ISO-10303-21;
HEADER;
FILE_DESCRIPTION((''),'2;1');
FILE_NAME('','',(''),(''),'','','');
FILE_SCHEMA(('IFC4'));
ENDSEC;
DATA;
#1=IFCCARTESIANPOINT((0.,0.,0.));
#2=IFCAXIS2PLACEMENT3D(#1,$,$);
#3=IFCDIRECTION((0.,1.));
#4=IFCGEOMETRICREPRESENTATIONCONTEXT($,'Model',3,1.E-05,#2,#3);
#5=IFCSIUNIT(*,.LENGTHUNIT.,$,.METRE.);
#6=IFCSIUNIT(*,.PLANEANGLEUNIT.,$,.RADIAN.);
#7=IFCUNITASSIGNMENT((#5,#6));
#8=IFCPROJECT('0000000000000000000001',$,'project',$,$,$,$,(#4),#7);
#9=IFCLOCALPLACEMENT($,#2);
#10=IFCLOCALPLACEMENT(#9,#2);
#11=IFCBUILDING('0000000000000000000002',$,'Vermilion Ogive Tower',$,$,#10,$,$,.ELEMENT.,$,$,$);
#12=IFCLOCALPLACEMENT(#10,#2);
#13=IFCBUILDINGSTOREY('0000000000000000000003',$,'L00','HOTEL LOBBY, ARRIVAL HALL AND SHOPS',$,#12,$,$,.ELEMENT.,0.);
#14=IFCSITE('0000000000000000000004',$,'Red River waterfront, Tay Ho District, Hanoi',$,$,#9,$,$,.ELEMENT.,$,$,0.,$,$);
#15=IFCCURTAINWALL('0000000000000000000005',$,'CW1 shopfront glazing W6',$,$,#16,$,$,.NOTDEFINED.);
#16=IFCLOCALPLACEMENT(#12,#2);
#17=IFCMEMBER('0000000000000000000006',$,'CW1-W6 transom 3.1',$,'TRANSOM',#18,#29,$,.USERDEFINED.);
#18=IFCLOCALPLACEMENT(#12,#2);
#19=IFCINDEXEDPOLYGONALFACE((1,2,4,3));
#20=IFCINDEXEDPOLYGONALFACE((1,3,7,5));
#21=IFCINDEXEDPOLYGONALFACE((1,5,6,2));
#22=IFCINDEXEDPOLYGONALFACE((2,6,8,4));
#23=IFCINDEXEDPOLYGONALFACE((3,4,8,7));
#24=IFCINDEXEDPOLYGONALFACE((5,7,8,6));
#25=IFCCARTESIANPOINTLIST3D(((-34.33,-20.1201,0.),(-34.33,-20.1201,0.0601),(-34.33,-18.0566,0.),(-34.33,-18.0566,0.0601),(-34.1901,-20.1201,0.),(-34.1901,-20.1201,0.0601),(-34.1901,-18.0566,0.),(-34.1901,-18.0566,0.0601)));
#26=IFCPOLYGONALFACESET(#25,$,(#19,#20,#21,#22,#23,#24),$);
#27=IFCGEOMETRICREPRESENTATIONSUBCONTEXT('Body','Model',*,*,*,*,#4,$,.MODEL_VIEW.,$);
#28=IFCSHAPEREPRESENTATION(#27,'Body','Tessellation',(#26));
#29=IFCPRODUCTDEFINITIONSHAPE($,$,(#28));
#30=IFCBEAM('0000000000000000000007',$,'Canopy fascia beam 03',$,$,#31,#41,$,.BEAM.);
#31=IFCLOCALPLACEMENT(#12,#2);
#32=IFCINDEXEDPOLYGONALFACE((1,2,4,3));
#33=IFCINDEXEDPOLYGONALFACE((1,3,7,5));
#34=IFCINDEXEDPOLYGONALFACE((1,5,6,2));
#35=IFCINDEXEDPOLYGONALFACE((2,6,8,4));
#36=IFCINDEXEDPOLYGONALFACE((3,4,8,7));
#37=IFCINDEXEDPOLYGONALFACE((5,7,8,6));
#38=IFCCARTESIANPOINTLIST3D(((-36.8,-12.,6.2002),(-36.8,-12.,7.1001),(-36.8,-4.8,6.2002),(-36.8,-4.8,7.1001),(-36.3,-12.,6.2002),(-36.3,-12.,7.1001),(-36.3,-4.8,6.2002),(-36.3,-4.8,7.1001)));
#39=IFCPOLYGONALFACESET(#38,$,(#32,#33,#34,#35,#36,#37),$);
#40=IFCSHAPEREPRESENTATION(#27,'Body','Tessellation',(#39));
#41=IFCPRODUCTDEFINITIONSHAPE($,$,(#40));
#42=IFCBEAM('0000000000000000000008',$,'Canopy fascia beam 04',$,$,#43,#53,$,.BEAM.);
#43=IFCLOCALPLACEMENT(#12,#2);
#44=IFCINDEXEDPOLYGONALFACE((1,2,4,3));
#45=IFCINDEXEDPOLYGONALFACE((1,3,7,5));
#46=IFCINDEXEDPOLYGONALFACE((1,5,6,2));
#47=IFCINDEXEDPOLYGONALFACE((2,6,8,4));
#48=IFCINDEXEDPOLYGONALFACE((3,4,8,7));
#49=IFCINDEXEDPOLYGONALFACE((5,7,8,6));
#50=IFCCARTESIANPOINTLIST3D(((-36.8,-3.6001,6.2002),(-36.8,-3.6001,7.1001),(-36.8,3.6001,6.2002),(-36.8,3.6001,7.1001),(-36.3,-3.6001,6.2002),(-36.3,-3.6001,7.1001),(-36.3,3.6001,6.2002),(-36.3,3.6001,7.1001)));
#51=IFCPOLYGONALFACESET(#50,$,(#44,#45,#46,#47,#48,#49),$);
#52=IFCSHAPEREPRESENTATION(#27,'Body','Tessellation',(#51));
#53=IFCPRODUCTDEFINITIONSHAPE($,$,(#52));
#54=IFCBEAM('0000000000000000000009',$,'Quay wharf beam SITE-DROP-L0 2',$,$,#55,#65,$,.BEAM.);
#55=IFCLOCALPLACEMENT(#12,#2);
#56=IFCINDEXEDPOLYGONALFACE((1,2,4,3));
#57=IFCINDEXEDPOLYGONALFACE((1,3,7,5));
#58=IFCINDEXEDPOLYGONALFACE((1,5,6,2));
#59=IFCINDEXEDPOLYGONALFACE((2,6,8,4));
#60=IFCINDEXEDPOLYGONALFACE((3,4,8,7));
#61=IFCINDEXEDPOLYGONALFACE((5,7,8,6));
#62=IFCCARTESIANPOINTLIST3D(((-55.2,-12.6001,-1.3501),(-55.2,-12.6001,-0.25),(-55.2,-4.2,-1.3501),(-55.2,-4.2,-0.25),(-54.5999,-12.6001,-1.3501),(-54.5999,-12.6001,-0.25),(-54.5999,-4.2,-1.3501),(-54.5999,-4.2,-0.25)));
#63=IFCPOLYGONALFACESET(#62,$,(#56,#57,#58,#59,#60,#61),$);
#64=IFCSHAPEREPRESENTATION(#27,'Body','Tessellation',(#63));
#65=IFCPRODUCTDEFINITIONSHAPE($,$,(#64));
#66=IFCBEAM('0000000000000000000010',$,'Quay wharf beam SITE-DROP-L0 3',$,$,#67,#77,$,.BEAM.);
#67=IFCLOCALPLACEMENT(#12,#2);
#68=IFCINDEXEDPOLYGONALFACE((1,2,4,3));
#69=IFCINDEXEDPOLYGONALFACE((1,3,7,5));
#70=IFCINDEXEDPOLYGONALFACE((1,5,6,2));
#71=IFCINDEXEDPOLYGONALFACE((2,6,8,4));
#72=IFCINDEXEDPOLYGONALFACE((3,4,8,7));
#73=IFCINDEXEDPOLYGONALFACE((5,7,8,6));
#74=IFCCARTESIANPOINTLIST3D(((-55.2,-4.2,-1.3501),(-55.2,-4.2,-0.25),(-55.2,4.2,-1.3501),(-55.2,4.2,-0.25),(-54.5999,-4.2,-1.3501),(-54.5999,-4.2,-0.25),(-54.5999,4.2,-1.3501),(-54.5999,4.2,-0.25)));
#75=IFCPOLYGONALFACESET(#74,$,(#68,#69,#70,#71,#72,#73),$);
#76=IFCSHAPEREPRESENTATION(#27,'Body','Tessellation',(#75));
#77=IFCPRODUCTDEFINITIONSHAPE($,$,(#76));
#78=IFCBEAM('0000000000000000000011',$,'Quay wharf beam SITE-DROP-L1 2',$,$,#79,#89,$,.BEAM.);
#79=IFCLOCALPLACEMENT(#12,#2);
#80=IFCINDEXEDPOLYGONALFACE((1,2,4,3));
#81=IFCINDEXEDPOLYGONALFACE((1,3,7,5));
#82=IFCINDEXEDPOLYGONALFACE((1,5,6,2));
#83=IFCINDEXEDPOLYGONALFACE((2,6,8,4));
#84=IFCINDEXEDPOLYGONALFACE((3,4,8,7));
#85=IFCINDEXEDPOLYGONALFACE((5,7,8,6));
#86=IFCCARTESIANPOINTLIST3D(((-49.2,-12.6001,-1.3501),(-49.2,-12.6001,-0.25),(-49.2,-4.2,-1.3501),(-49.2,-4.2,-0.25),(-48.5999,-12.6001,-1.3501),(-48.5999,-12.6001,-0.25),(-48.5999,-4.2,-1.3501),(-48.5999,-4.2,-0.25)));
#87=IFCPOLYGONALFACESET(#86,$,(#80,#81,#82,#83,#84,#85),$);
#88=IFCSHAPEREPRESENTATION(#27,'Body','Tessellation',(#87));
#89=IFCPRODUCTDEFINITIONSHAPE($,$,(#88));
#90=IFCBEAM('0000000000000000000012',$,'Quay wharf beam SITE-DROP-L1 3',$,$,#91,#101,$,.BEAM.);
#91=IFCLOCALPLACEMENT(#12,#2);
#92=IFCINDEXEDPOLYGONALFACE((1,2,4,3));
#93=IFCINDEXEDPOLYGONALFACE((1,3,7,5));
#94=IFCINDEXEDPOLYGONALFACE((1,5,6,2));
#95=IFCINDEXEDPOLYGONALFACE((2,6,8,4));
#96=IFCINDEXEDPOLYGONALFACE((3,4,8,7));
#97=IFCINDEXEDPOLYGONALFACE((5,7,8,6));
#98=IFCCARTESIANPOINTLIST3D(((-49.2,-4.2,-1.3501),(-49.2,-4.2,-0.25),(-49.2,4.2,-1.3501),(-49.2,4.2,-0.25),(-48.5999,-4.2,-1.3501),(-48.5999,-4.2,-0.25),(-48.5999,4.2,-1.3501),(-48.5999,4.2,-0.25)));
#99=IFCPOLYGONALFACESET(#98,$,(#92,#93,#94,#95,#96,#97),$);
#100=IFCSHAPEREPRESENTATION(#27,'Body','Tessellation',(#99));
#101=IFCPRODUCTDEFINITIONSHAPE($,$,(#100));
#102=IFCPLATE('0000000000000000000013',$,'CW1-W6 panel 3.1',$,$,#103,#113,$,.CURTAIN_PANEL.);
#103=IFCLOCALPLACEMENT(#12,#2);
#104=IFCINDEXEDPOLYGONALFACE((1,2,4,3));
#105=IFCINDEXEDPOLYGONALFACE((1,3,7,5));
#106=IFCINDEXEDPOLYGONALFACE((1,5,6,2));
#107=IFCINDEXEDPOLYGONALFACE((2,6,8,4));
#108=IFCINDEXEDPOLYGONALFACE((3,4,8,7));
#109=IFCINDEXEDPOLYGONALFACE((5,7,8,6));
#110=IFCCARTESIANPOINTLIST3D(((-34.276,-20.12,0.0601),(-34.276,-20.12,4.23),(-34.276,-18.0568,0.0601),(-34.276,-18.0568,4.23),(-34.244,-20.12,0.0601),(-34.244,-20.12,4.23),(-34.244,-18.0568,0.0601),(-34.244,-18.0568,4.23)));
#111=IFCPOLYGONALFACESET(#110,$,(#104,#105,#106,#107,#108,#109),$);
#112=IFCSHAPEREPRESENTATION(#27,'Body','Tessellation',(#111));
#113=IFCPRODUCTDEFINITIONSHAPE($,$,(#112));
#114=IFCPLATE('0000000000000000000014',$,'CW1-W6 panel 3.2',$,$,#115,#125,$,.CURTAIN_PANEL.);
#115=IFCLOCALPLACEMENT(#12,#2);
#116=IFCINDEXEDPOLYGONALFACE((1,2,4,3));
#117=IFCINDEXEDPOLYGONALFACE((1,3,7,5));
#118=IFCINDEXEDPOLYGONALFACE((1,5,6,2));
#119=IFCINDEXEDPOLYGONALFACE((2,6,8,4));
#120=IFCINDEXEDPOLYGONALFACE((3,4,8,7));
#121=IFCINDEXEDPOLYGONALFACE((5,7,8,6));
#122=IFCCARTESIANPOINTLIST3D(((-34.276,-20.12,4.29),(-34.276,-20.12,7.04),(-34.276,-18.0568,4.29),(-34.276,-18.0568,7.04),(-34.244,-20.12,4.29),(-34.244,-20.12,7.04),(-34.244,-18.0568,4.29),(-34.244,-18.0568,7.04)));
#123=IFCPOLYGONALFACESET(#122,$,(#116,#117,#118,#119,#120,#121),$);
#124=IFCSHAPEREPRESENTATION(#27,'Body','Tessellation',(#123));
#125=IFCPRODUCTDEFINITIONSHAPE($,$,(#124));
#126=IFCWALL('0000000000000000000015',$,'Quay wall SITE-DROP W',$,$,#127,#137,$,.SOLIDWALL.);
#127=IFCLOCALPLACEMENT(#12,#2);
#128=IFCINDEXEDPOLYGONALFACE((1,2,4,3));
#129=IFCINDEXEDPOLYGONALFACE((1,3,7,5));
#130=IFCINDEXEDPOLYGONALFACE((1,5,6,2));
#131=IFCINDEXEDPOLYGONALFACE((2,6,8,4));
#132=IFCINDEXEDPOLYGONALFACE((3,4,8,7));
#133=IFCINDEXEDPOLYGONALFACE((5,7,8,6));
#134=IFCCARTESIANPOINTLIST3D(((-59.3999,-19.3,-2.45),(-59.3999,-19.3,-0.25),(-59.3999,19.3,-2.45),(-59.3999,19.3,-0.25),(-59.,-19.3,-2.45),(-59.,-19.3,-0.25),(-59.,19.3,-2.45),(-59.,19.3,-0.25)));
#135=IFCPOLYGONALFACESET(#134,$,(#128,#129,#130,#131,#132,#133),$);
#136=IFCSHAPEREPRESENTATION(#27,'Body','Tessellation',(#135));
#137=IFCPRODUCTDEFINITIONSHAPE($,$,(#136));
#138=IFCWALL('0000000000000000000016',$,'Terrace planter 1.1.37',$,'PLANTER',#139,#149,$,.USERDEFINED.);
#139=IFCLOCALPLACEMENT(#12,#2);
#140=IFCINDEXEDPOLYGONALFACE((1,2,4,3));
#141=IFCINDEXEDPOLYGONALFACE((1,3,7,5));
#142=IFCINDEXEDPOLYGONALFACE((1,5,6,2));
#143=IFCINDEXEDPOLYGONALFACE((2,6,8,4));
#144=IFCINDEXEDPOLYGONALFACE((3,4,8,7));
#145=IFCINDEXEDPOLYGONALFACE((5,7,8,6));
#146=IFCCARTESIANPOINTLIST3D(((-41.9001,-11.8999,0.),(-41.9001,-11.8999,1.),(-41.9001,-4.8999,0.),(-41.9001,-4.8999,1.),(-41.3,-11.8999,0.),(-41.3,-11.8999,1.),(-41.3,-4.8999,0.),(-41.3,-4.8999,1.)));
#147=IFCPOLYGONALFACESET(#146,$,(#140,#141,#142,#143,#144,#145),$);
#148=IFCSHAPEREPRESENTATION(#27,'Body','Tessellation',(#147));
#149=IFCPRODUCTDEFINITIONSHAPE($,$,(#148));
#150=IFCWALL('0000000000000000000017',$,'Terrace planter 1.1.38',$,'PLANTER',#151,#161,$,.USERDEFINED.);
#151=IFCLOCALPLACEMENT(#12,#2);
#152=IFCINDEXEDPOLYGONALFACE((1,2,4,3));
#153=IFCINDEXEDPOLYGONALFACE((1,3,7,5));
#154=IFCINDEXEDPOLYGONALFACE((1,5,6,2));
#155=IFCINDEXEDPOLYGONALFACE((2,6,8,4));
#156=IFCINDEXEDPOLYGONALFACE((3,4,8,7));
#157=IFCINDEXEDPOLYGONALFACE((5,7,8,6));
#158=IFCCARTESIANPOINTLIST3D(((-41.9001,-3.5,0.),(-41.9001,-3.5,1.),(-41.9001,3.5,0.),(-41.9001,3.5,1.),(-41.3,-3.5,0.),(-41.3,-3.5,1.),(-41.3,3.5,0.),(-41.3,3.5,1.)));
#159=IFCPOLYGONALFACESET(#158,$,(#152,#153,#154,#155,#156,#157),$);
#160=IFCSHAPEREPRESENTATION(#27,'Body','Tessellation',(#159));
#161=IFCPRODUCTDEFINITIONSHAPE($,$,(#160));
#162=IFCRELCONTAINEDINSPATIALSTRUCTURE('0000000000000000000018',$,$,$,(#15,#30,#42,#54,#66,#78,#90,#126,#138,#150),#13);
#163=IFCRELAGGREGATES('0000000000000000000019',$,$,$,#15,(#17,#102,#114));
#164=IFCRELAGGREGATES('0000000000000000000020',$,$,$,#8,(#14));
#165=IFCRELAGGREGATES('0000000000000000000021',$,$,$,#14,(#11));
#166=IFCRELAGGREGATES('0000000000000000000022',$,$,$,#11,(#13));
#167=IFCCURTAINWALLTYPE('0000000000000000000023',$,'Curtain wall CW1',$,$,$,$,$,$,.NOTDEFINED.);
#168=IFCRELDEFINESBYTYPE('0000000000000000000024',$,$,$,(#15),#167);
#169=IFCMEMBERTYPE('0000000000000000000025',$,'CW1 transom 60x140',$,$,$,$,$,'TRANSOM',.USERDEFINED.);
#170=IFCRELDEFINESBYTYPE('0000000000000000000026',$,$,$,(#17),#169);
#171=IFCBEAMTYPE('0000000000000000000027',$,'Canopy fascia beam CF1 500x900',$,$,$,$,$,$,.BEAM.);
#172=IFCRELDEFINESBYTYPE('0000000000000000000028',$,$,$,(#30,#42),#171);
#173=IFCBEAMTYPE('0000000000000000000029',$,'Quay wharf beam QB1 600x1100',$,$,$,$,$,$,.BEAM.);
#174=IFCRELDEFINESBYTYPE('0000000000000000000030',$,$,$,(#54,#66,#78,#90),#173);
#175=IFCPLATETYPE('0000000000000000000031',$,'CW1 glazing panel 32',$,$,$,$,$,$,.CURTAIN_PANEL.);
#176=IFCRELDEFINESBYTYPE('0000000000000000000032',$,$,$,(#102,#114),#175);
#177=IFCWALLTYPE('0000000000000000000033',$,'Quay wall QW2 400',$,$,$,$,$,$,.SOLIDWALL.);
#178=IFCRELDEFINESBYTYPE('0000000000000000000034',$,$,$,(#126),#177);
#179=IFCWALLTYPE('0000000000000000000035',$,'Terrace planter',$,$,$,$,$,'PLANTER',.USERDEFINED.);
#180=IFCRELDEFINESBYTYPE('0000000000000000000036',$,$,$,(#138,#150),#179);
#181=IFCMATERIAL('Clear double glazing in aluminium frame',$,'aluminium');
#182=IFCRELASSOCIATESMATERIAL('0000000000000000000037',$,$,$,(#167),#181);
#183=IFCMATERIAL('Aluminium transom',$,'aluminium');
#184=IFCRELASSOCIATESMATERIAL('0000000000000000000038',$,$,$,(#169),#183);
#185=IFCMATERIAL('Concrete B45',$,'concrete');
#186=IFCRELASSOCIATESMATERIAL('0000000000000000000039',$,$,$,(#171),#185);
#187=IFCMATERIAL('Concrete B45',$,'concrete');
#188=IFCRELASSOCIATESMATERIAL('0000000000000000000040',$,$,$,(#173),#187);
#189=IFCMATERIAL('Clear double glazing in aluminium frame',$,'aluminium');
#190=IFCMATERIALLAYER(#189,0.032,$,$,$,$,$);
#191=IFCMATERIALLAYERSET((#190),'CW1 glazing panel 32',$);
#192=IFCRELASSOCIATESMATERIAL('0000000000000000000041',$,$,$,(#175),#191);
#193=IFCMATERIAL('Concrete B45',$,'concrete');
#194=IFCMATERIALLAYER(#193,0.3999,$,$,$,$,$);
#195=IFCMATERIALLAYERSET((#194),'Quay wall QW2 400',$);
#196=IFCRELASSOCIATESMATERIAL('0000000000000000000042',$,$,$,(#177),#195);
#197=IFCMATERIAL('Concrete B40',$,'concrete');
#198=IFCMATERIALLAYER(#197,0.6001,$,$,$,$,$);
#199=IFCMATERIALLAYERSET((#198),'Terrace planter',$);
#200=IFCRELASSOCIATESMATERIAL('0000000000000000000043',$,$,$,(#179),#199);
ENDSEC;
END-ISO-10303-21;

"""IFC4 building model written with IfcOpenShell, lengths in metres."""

from ifc_helpers import new_model, si_unit, direction, frame, frame_2d, origin, origin_2d, place, context, subcontext, project, spatial, rectangle, extrude, material, layer, layer_set, material_profile, profile_set, type_object, element, aggregate, save


model = new_model("IFC4")

# Units and contexts
model_context = context("Model", 3, precision=1e-05, world=origin(), true_north=direction((0.0, 1.0)))
body_context = subcontext(model_context, "Body", "Model", "MODEL_VIEW")
ifc_project = project(units=[si_unit("LENGTHUNIT", "METRE"), si_unit("PLANEANGLEUNIT", "RADIAN")], contexts=[model_context])

# Site, building, storey
site_placement = place(None, origin())
site = spatial("IfcSite", under=ifc_project, at=site_placement, Name="Red River waterfront, Tay Ho District, Hanoi", CompositionType="ELEMENT", RefElevation=0.0)
building_placement = place(site_placement, origin())
building = spatial("IfcBuilding", under=site, at=building_placement, Name="Vermilion Ogive Tower", CompositionType="ELEMENT")
storey_placement = place(building_placement, origin())
storey = spatial("IfcBuildingStorey", under=building, at=storey_placement, Name="L00", Description="HOTEL LOBBY, ARRIVAL HALL AND SHOPS", CompositionType="ELEMENT", Elevation=0.0)

# Curtain wall, member
ifc_material_1 = material(Name="Clear double glazing in aluminium frame", Category="aluminium")
curtain_wall_type = type_object("IfcCurtainWallType", Name="Curtain wall CW1", PredefinedType="NOTDEFINED", material=ifc_material_1)
curtain_wall_placement = place(storey_placement, origin())
curtain_wall = element("IfcCurtainWall", 1, at=curtain_wall_placement, inside=storey, type_object=curtain_wall_type, Name="CW1 shopfront glazing W6", PredefinedType="NOTDEFINED")
ifc_material_2 = material(Name="Aluminium transom", Category="aluminium")
ifc_material_profile_1 = material_profile(ifc_material_2, rectangle(XDim=0.1399, YDim=0.0601, at=origin_2d()), Name="AL 60x140")
ifc_profile_set_1 = profile_set([ifc_material_profile_1], Name="Aluminium transom")
member_type = type_object("IfcMemberType", Name="CW1 transom 60x140", ElementType="TRANSOM", PredefinedType="USERDEFINED", material=ifc_profile_set_1)
member_placement = place(storey_placement, frame((-34.26, -18.0566, 0.03), z_axis=(0.0, -1.0, 0.0), x_axis=(1.0, 0.0, 0.0)))
member = element("IfcMember", 2, at=member_placement, type_object=member_type, Name="CW1-W6 transom 3.1", ObjectType="TRANSOM", PredefinedType="USERDEFINED", context=body_context, shape_type="SweptSolid", body=[
    extrude(rectangle(XDim=0.1399, YDim=0.0601, at=origin_2d()), origin(), (0.0, 0.0, 1.0), 2.0635),
])

# Beams
ifc_material_3 = material(Name="Concrete B45", Category="concrete")
ifc_material_profile_2 = material_profile(ifc_material_3, rectangle(XDim=0.5, YDim=0.8999, at=origin_2d()), Name="RC 500x900")
ifc_profile_set_2 = profile_set([ifc_material_profile_2], Name="Concrete B45")
beam_type_1 = type_object("IfcBeamType", Name="Canopy fascia beam CF1 500x900", PredefinedType="BEAM", material=ifc_profile_set_2)
beam_1_placement = place(storey_placement, frame((-36.55, -12.0, 6.6501), z_axis=(0.0, 1.0, 0.0), x_axis=(-1.0, 0.0, 0.0)))
element("IfcBeam", 3, at=beam_1_placement, inside=storey, type_object=beam_type_1, Name="Canopy fascia beam 03", PredefinedType="BEAM", context=body_context, shape_type="SweptSolid", body=[
    extrude(rectangle(XDim=0.5, YDim=0.8999, at=origin_2d()), origin(), (0.0, 0.0, 1.0), 7.2),
])
beam_2_placement = place(storey_placement, frame((-36.55, -3.6001, 6.6501), z_axis=(0.0, 1.0, 0.0), x_axis=(-1.0, 0.0, 0.0)))
element("IfcBeam", 4, at=beam_2_placement, inside=storey, type_object=beam_type_1, Name="Canopy fascia beam 04", PredefinedType="BEAM", context=body_context, shape_type="SweptSolid", body=[
    extrude(rectangle(XDim=0.5, YDim=0.8999, at=origin_2d()), origin(), (0.0, 0.0, 1.0), 7.2002),
])
ifc_material_4 = material(Name="Concrete B45", Category="concrete")
ifc_material_profile_3 = material_profile(ifc_material_4, rectangle(XDim=0.6001, YDim=1.1001, at=origin_2d()), Name="RC 600x1100")
ifc_profile_set_3 = profile_set([ifc_material_profile_3], Name="Concrete B45")
beam_type_2 = type_object("IfcBeamType", Name="Quay wharf beam QB1 600x1100", PredefinedType="BEAM", material=ifc_profile_set_3)
beam_3_placement = place(storey_placement, frame((-54.8999, -12.6001, -0.8), z_axis=(0.0, 1.0, 0.0), x_axis=(-1.0, 0.0, 0.0)))
element("IfcBeam", 5, at=beam_3_placement, inside=storey, type_object=beam_type_2, Name="Quay wharf beam SITE-DROP-L0 2", PredefinedType="BEAM", context=body_context, shape_type="SweptSolid", body=[
    extrude(rectangle(XDim=0.6001, YDim=1.1001, at=origin_2d()), origin(), (0.0, 0.0, 1.0), 8.4001),
])
beam_4_placement = place(storey_placement, frame((-54.8999, -4.2, -0.8), z_axis=(0.0, 1.0, 0.0), x_axis=(-1.0, 0.0, 0.0)))
element("IfcBeam", 6, at=beam_4_placement, inside=storey, type_object=beam_type_2, Name="Quay wharf beam SITE-DROP-L0 3", PredefinedType="BEAM", context=body_context, shape_type="SweptSolid", body=[
    extrude(rectangle(XDim=0.6001, YDim=1.1001, at=origin_2d()), origin(), (0.0, 0.0, 1.0), 8.3999),
])
beam_5_placement = place(storey_placement, frame((-48.8999, -12.6001, -0.8), z_axis=(0.0, 1.0, 0.0), x_axis=(-1.0, 0.0, 0.0)))
element("IfcBeam", 7, at=beam_5_placement, inside=storey, type_object=beam_type_2, Name="Quay wharf beam SITE-DROP-L1 2", PredefinedType="BEAM", context=body_context, shape_type="SweptSolid", body=[
    extrude(rectangle(XDim=0.6001, YDim=1.1001, at=origin_2d()), origin(), (0.0, 0.0, 1.0), 8.4001),
])
beam_6_placement = place(storey_placement, frame((-48.8999, -4.2, -0.8), z_axis=(0.0, 1.0, 0.0), x_axis=(-1.0, 0.0, 0.0)))
element("IfcBeam", 8, at=beam_6_placement, inside=storey, type_object=beam_type_2, Name="Quay wharf beam SITE-DROP-L1 3", PredefinedType="BEAM", context=body_context, shape_type="SweptSolid", body=[
    extrude(rectangle(XDim=0.6001, YDim=1.1001, at=origin_2d()), origin(), (0.0, 0.0, 1.0), 8.3999),
])

# Plates
ifc_material_5 = material(Name="Clear double glazing in aluminium frame", Category="aluminium")
ifc_layer_1 = layer(ifc_material_5, 0.032)
ifc_layer_set_1 = layer_set([ifc_layer_1], Name="CW1 glazing panel 32")
plate_type = type_object("IfcPlateType", Name="CW1 glazing panel 32", PredefinedType="CURTAIN_PANEL", material=ifc_layer_set_1)
plate_1_placement = place(storey_placement, frame((-34.26, -19.0884, 0.0601), z_axis=(0.0, 0.0, 1.0), x_axis=(0.0, -1.0, 0.0)))
plate_1 = element("IfcPlate", 9, at=plate_1_placement, type_object=plate_type, Name="CW1-W6 panel 3.1", PredefinedType="CURTAIN_PANEL", context=body_context, shape_type="SweptSolid", body=[
    extrude(rectangle(XDim=2.0632, YDim=0.032, at=origin_2d()), origin(), (0.0, 0.0, 1.0), 4.1699),
])
plate_2_placement = place(storey_placement, frame((-34.26, -19.0884, 4.29), z_axis=(0.0, 0.0, 1.0), x_axis=(0.0, -1.0, 0.0)))
plate_2 = element("IfcPlate", 10, at=plate_2_placement, type_object=plate_type, Name="CW1-W6 panel 3.2", PredefinedType="CURTAIN_PANEL", context=body_context, shape_type="SweptSolid", body=[
    extrude(rectangle(XDim=2.0632, YDim=0.032, at=origin_2d()), origin(), (0.0, 0.0, 1.0), 2.75),
])
aggregate(curtain_wall, [member, plate_1, plate_2])

# Walls
ifc_material_6 = material(Name="Concrete B45", Category="concrete")
ifc_layer_2 = layer(ifc_material_6, 0.3999)
ifc_layer_set_2 = layer_set([ifc_layer_2], Name="Quay wall QW2 400")
wall_type_1 = type_object("IfcWallType", Name="Quay wall QW2 400", PredefinedType="SOLIDWALL", material=ifc_layer_set_2)
wall_placement = place(storey_placement, frame((-59.2, -19.3, -2.45), z_axis=(0.0, 0.0, 1.0), x_axis=(0.0, 1.0, 0.0)))
element("IfcWall", 11, at=wall_placement, inside=storey, type_object=wall_type_1, Name="Quay wall SITE-DROP W", PredefinedType="SOLIDWALL", context=body_context, shape_type="SweptSolid", body=[
    extrude(rectangle(XDim=38.6001, YDim=0.3999, at=frame_2d((19.3, 0.0))), origin(), (0.0, 0.0, 1.0), 2.2),
])
ifc_material_7 = material(Name="Concrete B40", Category="concrete")
ifc_layer_3 = layer(ifc_material_7, 0.6001)
ifc_layer_set_3 = layer_set([ifc_layer_3], Name="Terrace planter")
wall_type_2 = type_object("IfcWallType", Name="Terrace planter", ElementType="PLANTER", PredefinedType="USERDEFINED", material=ifc_layer_set_3)
for number, where, z_axis, x_axis, name in (
    (12, (-41.6001, -11.8999, 0.0), (0.0, 0.0, 1.0), (0.0, 1.0, 0.0), "Terrace planter 1.1.37"),
    (13, (-41.6001, -3.5, 0.0), (0.0, 0.0, 1.0), (0.0, 1.0, 0.0), "Terrace planter 1.1.38"),
):
    element("IfcWall", number, at=place(storey_placement, frame(where, z_axis=z_axis, x_axis=x_axis)), inside=storey, type_object=wall_type_2, Name=name, ObjectType="PLANTER", PredefinedType="USERDEFINED", context=body_context, shape_type="SweptSolid", body=[
        extrude(rectangle(XDim=7.0, YDim=0.6001, at=frame_2d((3.5, 0.0))), origin(), (0.0, 0.0, 1.0), 1.0),
    ])

save(model, "model.ifc")
